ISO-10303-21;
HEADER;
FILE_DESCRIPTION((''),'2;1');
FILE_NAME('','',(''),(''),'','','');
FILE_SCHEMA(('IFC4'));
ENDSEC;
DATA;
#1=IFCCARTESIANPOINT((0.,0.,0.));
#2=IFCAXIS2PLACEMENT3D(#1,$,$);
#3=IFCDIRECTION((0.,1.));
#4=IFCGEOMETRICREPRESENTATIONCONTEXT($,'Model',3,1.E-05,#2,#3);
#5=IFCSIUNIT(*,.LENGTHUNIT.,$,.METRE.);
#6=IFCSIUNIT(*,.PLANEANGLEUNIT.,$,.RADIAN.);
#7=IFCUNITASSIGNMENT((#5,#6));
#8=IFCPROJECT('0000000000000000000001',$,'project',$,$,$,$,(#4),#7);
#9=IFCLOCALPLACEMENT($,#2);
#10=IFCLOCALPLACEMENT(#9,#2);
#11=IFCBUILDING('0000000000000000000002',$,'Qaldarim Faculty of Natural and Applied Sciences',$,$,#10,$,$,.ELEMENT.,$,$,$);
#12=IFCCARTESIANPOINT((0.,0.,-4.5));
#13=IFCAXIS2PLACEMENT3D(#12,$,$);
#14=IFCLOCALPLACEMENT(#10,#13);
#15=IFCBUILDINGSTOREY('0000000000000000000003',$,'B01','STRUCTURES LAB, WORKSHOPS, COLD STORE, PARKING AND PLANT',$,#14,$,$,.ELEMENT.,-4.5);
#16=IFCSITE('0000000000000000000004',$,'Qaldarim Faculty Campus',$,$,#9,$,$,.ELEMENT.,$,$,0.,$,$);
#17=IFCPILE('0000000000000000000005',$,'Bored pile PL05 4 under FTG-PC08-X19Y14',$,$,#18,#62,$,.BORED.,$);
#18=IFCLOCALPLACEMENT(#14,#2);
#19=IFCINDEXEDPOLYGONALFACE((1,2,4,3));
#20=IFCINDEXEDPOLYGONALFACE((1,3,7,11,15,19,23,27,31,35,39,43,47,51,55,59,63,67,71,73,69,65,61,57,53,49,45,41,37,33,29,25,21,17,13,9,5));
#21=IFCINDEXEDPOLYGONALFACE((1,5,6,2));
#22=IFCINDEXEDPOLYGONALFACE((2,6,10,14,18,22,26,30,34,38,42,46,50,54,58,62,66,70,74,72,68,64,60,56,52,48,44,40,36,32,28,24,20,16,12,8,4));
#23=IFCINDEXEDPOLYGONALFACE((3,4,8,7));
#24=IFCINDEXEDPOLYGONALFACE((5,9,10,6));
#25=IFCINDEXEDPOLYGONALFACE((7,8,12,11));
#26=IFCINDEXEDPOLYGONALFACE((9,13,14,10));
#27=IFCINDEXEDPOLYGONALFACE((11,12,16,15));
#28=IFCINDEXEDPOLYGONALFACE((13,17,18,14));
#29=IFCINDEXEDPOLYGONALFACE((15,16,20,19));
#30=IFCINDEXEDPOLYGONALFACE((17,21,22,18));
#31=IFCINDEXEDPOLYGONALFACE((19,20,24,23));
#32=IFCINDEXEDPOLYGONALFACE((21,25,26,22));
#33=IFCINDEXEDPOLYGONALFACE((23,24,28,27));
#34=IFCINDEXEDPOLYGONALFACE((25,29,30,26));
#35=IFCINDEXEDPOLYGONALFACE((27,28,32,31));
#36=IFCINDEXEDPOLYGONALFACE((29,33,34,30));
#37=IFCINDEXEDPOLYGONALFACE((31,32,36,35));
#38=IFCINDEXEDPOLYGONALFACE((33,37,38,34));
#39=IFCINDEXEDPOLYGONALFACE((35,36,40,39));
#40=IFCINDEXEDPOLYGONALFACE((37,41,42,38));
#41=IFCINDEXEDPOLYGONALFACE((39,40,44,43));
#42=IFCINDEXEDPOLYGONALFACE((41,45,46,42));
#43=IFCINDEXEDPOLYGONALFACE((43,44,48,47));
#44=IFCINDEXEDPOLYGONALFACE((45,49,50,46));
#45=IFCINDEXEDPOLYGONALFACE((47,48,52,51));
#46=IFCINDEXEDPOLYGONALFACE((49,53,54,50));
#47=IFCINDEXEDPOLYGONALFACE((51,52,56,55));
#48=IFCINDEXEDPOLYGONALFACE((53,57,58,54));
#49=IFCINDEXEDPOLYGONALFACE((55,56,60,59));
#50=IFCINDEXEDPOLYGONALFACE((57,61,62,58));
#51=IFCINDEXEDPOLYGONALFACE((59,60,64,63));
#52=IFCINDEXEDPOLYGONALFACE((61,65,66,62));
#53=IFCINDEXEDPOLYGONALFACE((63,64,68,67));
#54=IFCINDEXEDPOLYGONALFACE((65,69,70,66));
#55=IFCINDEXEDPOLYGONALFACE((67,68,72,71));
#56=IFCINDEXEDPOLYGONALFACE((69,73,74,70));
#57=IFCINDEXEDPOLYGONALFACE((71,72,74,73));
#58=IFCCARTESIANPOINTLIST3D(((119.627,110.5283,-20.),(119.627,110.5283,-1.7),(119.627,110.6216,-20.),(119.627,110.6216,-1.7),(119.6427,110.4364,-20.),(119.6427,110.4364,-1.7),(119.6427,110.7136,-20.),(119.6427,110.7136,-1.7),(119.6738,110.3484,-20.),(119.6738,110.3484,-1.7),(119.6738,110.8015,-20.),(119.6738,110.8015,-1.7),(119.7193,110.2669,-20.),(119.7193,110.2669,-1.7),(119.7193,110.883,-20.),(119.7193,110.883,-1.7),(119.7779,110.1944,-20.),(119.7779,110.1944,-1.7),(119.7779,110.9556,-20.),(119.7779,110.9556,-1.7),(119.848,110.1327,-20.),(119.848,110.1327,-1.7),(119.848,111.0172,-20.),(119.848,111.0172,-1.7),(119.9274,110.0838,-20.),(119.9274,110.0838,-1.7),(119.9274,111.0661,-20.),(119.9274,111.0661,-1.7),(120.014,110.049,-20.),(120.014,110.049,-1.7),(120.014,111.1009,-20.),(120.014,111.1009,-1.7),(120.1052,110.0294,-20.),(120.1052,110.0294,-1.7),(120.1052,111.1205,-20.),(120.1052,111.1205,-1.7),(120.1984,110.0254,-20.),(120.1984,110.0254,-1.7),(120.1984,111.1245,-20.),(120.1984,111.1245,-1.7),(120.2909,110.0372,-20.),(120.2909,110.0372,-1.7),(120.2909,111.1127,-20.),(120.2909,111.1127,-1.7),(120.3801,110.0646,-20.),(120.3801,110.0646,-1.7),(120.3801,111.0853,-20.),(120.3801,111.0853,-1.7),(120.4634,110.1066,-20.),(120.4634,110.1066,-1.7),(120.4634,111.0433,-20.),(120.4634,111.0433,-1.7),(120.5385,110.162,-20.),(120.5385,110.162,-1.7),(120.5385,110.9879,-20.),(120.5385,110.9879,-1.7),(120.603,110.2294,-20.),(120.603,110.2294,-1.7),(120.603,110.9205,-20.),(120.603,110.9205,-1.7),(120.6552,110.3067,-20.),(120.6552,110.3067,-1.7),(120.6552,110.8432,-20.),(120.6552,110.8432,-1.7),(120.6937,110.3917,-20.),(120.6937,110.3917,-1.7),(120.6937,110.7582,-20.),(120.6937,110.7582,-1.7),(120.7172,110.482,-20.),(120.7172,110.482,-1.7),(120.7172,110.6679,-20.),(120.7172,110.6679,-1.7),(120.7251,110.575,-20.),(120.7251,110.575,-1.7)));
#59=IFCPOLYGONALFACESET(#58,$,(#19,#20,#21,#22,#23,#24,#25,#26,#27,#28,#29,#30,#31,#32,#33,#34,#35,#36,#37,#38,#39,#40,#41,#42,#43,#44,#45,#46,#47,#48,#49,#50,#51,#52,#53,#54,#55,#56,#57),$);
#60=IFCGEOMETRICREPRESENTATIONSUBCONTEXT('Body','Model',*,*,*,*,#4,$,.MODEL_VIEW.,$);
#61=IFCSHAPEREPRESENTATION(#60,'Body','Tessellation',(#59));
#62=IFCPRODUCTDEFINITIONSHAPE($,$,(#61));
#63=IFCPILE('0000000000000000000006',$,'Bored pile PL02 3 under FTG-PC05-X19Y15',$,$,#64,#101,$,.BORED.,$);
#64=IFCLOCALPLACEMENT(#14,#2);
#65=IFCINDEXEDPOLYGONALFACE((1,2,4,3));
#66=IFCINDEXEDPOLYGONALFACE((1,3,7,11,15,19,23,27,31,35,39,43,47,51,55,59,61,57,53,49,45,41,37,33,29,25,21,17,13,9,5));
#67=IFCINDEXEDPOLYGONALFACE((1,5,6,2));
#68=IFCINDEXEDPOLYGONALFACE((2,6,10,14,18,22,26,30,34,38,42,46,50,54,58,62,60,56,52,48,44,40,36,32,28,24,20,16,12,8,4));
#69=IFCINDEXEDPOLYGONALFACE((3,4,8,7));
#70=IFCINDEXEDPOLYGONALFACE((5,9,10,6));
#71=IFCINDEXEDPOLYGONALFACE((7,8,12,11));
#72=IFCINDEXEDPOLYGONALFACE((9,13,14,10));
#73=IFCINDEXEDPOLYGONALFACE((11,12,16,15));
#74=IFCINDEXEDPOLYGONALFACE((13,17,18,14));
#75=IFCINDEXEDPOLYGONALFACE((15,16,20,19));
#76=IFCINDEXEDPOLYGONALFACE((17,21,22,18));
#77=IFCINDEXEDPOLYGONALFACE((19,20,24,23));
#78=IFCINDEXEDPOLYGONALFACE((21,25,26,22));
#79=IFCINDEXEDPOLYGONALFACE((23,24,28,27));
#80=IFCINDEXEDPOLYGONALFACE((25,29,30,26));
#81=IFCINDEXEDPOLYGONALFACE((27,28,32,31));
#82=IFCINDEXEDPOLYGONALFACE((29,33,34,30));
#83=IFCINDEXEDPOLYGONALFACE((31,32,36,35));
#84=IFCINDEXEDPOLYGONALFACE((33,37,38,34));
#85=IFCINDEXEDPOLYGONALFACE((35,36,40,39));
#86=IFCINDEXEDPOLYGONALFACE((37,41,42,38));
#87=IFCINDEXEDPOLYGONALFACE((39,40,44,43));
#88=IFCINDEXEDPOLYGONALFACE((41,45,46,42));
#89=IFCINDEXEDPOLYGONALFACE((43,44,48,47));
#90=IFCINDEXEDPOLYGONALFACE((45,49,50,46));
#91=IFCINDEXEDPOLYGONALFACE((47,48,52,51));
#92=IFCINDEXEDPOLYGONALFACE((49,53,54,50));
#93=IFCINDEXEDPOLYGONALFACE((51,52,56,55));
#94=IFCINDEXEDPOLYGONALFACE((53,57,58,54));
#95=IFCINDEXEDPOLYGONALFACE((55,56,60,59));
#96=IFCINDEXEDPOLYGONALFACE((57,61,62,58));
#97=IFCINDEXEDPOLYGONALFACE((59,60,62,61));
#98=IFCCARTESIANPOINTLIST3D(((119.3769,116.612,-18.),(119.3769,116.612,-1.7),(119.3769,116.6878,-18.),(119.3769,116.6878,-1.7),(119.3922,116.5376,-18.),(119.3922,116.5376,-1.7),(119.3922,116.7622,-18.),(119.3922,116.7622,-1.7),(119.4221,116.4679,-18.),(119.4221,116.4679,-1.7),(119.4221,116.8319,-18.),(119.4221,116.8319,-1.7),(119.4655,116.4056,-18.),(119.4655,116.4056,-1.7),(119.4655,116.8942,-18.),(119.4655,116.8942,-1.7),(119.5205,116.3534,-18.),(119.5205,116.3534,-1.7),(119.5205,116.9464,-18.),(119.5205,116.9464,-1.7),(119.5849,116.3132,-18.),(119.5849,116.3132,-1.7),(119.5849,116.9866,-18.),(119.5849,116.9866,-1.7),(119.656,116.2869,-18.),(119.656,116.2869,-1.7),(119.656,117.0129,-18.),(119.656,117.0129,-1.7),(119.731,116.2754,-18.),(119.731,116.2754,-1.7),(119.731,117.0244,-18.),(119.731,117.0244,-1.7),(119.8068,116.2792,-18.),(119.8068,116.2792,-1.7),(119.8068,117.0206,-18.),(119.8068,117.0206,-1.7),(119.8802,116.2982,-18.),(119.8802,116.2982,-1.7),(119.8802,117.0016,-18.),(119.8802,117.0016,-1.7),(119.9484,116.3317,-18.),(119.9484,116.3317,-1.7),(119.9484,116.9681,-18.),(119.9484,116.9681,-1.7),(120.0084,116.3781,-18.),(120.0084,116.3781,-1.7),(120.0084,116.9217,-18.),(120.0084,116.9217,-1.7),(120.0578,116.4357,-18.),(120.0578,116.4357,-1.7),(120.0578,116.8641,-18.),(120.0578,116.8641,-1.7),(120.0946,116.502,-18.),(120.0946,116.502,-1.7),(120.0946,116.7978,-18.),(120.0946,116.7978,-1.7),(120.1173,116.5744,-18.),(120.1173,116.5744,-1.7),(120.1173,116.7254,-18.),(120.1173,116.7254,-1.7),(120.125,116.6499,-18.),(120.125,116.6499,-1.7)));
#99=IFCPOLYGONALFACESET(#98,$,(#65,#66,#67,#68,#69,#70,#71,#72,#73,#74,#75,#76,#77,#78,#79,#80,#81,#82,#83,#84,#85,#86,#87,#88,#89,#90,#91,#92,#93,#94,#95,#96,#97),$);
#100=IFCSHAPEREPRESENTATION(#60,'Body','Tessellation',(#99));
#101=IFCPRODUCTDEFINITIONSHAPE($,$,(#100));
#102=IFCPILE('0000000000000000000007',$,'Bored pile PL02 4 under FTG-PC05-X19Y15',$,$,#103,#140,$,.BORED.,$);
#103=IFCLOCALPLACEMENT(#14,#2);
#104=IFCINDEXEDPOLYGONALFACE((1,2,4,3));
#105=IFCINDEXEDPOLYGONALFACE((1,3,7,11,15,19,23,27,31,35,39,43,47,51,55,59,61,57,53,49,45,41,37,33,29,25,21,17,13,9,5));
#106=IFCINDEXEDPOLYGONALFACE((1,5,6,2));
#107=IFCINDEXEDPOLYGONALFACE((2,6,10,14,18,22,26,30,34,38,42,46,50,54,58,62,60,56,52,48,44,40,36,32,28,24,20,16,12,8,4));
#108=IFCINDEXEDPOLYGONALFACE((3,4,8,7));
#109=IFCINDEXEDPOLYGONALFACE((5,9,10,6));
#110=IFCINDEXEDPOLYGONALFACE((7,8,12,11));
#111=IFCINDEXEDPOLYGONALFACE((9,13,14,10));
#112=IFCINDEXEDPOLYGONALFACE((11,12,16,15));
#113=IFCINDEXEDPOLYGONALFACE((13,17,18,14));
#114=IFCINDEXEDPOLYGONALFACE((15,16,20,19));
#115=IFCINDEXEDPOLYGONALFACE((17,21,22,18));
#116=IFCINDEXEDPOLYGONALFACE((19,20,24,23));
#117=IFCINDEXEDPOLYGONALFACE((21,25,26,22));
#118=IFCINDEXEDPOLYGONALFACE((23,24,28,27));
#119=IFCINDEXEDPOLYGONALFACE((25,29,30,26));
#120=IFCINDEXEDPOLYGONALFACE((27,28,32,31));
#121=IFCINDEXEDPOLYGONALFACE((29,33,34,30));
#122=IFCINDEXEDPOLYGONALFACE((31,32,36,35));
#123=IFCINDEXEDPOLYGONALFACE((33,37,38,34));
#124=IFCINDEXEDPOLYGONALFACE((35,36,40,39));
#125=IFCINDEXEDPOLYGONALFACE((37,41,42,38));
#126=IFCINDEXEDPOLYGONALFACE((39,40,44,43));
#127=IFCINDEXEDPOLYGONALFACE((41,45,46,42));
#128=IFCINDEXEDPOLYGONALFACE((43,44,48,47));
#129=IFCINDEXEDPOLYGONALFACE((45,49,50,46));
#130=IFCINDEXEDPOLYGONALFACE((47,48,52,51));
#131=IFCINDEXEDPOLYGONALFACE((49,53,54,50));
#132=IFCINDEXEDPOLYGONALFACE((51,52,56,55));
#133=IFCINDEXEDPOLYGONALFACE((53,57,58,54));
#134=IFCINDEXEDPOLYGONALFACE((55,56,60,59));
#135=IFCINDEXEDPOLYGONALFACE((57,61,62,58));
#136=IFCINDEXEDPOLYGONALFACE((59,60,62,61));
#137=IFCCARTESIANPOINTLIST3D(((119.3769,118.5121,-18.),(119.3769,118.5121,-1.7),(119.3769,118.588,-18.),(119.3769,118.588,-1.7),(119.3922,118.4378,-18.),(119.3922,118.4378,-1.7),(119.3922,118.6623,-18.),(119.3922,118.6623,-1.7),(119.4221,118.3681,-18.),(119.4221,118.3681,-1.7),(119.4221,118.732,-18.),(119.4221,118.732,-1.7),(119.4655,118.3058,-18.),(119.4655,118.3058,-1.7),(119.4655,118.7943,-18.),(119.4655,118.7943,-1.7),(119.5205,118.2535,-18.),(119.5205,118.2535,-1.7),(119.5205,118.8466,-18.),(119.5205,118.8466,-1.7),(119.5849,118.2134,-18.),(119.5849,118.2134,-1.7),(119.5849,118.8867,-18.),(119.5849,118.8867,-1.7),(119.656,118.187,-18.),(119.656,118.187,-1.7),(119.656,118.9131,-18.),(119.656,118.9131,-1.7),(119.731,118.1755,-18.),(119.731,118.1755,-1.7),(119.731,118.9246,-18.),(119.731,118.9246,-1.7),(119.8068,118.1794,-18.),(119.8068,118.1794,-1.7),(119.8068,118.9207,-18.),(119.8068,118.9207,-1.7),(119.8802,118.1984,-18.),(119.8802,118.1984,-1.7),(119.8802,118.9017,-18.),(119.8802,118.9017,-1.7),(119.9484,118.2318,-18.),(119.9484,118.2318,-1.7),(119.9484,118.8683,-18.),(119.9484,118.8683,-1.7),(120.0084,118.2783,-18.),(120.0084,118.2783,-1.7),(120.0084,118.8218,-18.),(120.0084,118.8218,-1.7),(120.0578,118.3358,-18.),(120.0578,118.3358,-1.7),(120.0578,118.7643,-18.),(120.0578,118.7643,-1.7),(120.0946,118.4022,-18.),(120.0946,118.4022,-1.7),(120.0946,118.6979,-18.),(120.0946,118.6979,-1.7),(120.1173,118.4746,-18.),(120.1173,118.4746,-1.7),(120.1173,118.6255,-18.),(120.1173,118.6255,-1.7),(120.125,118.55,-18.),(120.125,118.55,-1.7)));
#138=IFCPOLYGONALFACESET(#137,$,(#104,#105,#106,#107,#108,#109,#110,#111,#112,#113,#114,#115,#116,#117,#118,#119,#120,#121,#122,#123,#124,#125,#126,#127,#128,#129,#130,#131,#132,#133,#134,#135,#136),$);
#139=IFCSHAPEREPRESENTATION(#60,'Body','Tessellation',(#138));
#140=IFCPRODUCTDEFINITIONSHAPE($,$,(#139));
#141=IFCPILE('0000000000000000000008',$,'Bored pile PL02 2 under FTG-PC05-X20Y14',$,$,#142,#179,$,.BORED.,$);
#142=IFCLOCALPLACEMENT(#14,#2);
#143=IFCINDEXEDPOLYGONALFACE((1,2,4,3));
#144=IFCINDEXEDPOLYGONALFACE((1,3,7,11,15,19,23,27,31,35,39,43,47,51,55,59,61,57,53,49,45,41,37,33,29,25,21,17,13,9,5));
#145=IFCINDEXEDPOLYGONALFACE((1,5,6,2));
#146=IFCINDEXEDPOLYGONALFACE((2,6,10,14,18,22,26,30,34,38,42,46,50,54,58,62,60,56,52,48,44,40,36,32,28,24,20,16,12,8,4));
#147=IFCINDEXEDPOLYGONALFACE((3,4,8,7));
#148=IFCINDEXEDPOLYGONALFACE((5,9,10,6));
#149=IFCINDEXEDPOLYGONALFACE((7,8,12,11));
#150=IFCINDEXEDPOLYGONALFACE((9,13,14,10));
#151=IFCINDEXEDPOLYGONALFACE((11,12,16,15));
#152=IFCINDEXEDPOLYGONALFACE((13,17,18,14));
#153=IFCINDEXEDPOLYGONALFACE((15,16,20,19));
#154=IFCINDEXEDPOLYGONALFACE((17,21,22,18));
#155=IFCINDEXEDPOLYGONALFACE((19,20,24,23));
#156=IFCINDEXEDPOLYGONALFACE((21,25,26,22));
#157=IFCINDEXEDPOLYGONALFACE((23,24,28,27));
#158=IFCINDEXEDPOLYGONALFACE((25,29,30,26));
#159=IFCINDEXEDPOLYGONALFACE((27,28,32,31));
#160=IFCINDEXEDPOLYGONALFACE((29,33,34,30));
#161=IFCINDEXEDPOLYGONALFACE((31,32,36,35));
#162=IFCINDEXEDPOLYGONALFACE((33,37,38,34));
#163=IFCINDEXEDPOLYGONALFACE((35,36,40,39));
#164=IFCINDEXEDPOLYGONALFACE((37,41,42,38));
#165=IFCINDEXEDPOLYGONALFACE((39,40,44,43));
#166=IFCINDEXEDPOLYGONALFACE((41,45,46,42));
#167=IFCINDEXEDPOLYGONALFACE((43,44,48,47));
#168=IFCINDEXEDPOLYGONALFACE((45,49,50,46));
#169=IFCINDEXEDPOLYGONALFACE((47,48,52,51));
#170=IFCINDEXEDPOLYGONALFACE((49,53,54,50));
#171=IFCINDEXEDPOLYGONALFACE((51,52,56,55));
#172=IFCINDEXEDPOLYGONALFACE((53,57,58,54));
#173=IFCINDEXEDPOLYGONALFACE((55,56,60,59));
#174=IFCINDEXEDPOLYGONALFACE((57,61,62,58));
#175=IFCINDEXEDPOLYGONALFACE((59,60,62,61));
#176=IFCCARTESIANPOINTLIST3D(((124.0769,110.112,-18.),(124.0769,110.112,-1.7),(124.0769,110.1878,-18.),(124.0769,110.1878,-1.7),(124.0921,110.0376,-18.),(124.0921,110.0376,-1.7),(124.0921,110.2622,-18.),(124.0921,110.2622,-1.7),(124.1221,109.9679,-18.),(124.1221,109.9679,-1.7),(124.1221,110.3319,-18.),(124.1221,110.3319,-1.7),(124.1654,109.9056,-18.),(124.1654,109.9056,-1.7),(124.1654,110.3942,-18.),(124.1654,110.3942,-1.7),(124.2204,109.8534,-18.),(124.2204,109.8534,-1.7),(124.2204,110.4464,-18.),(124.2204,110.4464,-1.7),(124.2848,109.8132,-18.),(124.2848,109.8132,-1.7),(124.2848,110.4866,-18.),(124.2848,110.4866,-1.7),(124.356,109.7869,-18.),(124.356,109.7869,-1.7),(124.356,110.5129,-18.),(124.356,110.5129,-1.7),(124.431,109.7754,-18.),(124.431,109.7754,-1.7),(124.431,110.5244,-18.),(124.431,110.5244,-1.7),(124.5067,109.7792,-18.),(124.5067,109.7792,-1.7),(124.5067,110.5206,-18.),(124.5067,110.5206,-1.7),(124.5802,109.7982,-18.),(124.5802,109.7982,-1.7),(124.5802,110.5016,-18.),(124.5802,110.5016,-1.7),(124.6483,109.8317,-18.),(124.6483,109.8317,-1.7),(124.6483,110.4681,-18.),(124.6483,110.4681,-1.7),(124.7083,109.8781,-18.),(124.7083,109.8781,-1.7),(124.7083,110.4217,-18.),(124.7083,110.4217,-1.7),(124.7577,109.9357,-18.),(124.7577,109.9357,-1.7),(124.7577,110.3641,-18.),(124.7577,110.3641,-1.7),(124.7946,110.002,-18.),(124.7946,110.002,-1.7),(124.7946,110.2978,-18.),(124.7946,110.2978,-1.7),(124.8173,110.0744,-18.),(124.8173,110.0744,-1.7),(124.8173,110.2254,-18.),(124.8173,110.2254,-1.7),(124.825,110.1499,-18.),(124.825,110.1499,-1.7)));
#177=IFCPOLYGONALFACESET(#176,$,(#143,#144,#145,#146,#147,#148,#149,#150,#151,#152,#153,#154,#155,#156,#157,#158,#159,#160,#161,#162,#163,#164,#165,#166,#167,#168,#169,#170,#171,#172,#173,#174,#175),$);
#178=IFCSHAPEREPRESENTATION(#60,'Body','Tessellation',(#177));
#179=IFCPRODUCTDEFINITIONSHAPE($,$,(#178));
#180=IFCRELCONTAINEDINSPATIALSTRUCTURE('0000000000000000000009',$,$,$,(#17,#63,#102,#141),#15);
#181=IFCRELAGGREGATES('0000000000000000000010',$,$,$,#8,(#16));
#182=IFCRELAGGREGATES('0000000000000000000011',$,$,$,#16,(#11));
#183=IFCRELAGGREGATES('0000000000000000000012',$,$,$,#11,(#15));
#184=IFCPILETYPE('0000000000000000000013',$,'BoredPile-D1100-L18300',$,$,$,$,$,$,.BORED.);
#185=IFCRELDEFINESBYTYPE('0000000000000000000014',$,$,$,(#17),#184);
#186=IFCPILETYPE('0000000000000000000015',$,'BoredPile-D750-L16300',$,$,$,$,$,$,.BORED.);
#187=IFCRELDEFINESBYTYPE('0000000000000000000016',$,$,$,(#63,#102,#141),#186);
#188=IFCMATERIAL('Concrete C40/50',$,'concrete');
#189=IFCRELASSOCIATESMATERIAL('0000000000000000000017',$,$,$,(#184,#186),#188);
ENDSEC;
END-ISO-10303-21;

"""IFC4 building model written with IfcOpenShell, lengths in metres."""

from ifc_helpers import new_model, si_unit, direction, frame, origin, origin_2d, place, context, subcontext, project, spatial, circle, extrude, material, material_profile, profile_set, type_object, element, save


model = new_model("IFC4")

# Units and contexts
model_context = context("Model", 3, precision=1e-05, world=origin(), true_north=direction((0.0, 1.0)))
body_context = subcontext(model_context, "Body", "Model", "MODEL_VIEW")
ifc_project = project(units=[si_unit("LENGTHUNIT", "METRE"), si_unit("PLANEANGLEUNIT", "RADIAN")], contexts=[model_context])

# Site, building, storey
site_placement = place(None, origin())
site = spatial("IfcSite", under=ifc_project, at=site_placement, Name="Qaldarim Faculty Campus", CompositionType="ELEMENT", RefElevation=0.0)
building_placement = place(site_placement, origin())
building = spatial("IfcBuilding", under=site, at=building_placement, Name="Qaldarim Faculty of Natural and Applied Sciences", CompositionType="ELEMENT")
storey_placement = place(building_placement, frame((0.0, 0.0, -4.5)))
storey = spatial("IfcBuildingStorey", under=building, at=storey_placement, Name="B01", Description="STRUCTURES LAB, WORKSHOPS, COLD STORE, PARKING AND PLANT", CompositionType="ELEMENT", Elevation=-4.5)

# Piles
ifc_material_1 = material(Name="Concrete C40/50", Category="concrete")
ifc_material_profile_1 = material_profile(ifc_material_1, circle(Radius=0.55, at=origin_2d()), Name="PILE-D1100")
ifc_profile_set_1 = profile_set([ifc_material_profile_1], Name="Concrete C40/50")
pile_type_1 = type_object("IfcPileType", Name="BoredPile-D1100-L18300", PredefinedType="BORED", material=ifc_profile_set_1)
pile_placement = place(storey_placement, frame((120.175, 110.575, -1.7), z_axis=(0.0, 0.0, -1.0), x_axis=(1.0, 0.0, 0.0)))
element("IfcPile", 1, at=pile_placement, inside=storey, type_object=pile_type_1, Name="Bored pile PL05 4 under FTG-PC08-X19Y14", PredefinedType="BORED", context=body_context, shape_type="SweptSolid", body=[
    extrude(circle(Radius=0.55, at=origin_2d()), origin(), (0.0, 0.0, 1.0), 18.3),
])
ifc_material_profile_2 = material_profile(ifc_material_1, circle(Radius=0.375, at=origin_2d()), Name="PILE-D750")
ifc_profile_set_2 = profile_set([ifc_material_profile_2], Name="Concrete C40/50")
pile_type_2 = type_object("IfcPileType", Name="BoredPile-D750-L16300", PredefinedType="BORED", material=ifc_profile_set_2)
for number, where, z_axis, x_axis, name in (
    (2, (119.75, 116.6499, -1.7), (0.0, 0.0, -1.0), (1.0, 0.0, 0.0), "Bored pile PL02 3 under FTG-PC05-X19Y15"),
    (3, (119.75, 118.55, -1.7), (0.0, 0.0, -1.0), (1.0, 0.0, 0.0), "Bored pile PL02 4 under FTG-PC05-X19Y15"),
    (4, (124.45, 110.1499, -1.7), (0.0, 0.0, -1.0), (1.0, 0.0, 0.0), "Bored pile PL02 2 under FTG-PC05-X20Y14"),
):
    element("IfcPile", number, at=place(storey_placement, frame(where, z_axis=z_axis, x_axis=x_axis)), inside=storey, type_object=pile_type_2, Name=name, PredefinedType="BORED", context=body_context, shape_type="SweptSolid", body=[
        extrude(circle(Radius=0.375, at=origin_2d()), origin(), (0.0, 0.0, 1.0), 16.3),
    ])

save(model, "model.ifc")
